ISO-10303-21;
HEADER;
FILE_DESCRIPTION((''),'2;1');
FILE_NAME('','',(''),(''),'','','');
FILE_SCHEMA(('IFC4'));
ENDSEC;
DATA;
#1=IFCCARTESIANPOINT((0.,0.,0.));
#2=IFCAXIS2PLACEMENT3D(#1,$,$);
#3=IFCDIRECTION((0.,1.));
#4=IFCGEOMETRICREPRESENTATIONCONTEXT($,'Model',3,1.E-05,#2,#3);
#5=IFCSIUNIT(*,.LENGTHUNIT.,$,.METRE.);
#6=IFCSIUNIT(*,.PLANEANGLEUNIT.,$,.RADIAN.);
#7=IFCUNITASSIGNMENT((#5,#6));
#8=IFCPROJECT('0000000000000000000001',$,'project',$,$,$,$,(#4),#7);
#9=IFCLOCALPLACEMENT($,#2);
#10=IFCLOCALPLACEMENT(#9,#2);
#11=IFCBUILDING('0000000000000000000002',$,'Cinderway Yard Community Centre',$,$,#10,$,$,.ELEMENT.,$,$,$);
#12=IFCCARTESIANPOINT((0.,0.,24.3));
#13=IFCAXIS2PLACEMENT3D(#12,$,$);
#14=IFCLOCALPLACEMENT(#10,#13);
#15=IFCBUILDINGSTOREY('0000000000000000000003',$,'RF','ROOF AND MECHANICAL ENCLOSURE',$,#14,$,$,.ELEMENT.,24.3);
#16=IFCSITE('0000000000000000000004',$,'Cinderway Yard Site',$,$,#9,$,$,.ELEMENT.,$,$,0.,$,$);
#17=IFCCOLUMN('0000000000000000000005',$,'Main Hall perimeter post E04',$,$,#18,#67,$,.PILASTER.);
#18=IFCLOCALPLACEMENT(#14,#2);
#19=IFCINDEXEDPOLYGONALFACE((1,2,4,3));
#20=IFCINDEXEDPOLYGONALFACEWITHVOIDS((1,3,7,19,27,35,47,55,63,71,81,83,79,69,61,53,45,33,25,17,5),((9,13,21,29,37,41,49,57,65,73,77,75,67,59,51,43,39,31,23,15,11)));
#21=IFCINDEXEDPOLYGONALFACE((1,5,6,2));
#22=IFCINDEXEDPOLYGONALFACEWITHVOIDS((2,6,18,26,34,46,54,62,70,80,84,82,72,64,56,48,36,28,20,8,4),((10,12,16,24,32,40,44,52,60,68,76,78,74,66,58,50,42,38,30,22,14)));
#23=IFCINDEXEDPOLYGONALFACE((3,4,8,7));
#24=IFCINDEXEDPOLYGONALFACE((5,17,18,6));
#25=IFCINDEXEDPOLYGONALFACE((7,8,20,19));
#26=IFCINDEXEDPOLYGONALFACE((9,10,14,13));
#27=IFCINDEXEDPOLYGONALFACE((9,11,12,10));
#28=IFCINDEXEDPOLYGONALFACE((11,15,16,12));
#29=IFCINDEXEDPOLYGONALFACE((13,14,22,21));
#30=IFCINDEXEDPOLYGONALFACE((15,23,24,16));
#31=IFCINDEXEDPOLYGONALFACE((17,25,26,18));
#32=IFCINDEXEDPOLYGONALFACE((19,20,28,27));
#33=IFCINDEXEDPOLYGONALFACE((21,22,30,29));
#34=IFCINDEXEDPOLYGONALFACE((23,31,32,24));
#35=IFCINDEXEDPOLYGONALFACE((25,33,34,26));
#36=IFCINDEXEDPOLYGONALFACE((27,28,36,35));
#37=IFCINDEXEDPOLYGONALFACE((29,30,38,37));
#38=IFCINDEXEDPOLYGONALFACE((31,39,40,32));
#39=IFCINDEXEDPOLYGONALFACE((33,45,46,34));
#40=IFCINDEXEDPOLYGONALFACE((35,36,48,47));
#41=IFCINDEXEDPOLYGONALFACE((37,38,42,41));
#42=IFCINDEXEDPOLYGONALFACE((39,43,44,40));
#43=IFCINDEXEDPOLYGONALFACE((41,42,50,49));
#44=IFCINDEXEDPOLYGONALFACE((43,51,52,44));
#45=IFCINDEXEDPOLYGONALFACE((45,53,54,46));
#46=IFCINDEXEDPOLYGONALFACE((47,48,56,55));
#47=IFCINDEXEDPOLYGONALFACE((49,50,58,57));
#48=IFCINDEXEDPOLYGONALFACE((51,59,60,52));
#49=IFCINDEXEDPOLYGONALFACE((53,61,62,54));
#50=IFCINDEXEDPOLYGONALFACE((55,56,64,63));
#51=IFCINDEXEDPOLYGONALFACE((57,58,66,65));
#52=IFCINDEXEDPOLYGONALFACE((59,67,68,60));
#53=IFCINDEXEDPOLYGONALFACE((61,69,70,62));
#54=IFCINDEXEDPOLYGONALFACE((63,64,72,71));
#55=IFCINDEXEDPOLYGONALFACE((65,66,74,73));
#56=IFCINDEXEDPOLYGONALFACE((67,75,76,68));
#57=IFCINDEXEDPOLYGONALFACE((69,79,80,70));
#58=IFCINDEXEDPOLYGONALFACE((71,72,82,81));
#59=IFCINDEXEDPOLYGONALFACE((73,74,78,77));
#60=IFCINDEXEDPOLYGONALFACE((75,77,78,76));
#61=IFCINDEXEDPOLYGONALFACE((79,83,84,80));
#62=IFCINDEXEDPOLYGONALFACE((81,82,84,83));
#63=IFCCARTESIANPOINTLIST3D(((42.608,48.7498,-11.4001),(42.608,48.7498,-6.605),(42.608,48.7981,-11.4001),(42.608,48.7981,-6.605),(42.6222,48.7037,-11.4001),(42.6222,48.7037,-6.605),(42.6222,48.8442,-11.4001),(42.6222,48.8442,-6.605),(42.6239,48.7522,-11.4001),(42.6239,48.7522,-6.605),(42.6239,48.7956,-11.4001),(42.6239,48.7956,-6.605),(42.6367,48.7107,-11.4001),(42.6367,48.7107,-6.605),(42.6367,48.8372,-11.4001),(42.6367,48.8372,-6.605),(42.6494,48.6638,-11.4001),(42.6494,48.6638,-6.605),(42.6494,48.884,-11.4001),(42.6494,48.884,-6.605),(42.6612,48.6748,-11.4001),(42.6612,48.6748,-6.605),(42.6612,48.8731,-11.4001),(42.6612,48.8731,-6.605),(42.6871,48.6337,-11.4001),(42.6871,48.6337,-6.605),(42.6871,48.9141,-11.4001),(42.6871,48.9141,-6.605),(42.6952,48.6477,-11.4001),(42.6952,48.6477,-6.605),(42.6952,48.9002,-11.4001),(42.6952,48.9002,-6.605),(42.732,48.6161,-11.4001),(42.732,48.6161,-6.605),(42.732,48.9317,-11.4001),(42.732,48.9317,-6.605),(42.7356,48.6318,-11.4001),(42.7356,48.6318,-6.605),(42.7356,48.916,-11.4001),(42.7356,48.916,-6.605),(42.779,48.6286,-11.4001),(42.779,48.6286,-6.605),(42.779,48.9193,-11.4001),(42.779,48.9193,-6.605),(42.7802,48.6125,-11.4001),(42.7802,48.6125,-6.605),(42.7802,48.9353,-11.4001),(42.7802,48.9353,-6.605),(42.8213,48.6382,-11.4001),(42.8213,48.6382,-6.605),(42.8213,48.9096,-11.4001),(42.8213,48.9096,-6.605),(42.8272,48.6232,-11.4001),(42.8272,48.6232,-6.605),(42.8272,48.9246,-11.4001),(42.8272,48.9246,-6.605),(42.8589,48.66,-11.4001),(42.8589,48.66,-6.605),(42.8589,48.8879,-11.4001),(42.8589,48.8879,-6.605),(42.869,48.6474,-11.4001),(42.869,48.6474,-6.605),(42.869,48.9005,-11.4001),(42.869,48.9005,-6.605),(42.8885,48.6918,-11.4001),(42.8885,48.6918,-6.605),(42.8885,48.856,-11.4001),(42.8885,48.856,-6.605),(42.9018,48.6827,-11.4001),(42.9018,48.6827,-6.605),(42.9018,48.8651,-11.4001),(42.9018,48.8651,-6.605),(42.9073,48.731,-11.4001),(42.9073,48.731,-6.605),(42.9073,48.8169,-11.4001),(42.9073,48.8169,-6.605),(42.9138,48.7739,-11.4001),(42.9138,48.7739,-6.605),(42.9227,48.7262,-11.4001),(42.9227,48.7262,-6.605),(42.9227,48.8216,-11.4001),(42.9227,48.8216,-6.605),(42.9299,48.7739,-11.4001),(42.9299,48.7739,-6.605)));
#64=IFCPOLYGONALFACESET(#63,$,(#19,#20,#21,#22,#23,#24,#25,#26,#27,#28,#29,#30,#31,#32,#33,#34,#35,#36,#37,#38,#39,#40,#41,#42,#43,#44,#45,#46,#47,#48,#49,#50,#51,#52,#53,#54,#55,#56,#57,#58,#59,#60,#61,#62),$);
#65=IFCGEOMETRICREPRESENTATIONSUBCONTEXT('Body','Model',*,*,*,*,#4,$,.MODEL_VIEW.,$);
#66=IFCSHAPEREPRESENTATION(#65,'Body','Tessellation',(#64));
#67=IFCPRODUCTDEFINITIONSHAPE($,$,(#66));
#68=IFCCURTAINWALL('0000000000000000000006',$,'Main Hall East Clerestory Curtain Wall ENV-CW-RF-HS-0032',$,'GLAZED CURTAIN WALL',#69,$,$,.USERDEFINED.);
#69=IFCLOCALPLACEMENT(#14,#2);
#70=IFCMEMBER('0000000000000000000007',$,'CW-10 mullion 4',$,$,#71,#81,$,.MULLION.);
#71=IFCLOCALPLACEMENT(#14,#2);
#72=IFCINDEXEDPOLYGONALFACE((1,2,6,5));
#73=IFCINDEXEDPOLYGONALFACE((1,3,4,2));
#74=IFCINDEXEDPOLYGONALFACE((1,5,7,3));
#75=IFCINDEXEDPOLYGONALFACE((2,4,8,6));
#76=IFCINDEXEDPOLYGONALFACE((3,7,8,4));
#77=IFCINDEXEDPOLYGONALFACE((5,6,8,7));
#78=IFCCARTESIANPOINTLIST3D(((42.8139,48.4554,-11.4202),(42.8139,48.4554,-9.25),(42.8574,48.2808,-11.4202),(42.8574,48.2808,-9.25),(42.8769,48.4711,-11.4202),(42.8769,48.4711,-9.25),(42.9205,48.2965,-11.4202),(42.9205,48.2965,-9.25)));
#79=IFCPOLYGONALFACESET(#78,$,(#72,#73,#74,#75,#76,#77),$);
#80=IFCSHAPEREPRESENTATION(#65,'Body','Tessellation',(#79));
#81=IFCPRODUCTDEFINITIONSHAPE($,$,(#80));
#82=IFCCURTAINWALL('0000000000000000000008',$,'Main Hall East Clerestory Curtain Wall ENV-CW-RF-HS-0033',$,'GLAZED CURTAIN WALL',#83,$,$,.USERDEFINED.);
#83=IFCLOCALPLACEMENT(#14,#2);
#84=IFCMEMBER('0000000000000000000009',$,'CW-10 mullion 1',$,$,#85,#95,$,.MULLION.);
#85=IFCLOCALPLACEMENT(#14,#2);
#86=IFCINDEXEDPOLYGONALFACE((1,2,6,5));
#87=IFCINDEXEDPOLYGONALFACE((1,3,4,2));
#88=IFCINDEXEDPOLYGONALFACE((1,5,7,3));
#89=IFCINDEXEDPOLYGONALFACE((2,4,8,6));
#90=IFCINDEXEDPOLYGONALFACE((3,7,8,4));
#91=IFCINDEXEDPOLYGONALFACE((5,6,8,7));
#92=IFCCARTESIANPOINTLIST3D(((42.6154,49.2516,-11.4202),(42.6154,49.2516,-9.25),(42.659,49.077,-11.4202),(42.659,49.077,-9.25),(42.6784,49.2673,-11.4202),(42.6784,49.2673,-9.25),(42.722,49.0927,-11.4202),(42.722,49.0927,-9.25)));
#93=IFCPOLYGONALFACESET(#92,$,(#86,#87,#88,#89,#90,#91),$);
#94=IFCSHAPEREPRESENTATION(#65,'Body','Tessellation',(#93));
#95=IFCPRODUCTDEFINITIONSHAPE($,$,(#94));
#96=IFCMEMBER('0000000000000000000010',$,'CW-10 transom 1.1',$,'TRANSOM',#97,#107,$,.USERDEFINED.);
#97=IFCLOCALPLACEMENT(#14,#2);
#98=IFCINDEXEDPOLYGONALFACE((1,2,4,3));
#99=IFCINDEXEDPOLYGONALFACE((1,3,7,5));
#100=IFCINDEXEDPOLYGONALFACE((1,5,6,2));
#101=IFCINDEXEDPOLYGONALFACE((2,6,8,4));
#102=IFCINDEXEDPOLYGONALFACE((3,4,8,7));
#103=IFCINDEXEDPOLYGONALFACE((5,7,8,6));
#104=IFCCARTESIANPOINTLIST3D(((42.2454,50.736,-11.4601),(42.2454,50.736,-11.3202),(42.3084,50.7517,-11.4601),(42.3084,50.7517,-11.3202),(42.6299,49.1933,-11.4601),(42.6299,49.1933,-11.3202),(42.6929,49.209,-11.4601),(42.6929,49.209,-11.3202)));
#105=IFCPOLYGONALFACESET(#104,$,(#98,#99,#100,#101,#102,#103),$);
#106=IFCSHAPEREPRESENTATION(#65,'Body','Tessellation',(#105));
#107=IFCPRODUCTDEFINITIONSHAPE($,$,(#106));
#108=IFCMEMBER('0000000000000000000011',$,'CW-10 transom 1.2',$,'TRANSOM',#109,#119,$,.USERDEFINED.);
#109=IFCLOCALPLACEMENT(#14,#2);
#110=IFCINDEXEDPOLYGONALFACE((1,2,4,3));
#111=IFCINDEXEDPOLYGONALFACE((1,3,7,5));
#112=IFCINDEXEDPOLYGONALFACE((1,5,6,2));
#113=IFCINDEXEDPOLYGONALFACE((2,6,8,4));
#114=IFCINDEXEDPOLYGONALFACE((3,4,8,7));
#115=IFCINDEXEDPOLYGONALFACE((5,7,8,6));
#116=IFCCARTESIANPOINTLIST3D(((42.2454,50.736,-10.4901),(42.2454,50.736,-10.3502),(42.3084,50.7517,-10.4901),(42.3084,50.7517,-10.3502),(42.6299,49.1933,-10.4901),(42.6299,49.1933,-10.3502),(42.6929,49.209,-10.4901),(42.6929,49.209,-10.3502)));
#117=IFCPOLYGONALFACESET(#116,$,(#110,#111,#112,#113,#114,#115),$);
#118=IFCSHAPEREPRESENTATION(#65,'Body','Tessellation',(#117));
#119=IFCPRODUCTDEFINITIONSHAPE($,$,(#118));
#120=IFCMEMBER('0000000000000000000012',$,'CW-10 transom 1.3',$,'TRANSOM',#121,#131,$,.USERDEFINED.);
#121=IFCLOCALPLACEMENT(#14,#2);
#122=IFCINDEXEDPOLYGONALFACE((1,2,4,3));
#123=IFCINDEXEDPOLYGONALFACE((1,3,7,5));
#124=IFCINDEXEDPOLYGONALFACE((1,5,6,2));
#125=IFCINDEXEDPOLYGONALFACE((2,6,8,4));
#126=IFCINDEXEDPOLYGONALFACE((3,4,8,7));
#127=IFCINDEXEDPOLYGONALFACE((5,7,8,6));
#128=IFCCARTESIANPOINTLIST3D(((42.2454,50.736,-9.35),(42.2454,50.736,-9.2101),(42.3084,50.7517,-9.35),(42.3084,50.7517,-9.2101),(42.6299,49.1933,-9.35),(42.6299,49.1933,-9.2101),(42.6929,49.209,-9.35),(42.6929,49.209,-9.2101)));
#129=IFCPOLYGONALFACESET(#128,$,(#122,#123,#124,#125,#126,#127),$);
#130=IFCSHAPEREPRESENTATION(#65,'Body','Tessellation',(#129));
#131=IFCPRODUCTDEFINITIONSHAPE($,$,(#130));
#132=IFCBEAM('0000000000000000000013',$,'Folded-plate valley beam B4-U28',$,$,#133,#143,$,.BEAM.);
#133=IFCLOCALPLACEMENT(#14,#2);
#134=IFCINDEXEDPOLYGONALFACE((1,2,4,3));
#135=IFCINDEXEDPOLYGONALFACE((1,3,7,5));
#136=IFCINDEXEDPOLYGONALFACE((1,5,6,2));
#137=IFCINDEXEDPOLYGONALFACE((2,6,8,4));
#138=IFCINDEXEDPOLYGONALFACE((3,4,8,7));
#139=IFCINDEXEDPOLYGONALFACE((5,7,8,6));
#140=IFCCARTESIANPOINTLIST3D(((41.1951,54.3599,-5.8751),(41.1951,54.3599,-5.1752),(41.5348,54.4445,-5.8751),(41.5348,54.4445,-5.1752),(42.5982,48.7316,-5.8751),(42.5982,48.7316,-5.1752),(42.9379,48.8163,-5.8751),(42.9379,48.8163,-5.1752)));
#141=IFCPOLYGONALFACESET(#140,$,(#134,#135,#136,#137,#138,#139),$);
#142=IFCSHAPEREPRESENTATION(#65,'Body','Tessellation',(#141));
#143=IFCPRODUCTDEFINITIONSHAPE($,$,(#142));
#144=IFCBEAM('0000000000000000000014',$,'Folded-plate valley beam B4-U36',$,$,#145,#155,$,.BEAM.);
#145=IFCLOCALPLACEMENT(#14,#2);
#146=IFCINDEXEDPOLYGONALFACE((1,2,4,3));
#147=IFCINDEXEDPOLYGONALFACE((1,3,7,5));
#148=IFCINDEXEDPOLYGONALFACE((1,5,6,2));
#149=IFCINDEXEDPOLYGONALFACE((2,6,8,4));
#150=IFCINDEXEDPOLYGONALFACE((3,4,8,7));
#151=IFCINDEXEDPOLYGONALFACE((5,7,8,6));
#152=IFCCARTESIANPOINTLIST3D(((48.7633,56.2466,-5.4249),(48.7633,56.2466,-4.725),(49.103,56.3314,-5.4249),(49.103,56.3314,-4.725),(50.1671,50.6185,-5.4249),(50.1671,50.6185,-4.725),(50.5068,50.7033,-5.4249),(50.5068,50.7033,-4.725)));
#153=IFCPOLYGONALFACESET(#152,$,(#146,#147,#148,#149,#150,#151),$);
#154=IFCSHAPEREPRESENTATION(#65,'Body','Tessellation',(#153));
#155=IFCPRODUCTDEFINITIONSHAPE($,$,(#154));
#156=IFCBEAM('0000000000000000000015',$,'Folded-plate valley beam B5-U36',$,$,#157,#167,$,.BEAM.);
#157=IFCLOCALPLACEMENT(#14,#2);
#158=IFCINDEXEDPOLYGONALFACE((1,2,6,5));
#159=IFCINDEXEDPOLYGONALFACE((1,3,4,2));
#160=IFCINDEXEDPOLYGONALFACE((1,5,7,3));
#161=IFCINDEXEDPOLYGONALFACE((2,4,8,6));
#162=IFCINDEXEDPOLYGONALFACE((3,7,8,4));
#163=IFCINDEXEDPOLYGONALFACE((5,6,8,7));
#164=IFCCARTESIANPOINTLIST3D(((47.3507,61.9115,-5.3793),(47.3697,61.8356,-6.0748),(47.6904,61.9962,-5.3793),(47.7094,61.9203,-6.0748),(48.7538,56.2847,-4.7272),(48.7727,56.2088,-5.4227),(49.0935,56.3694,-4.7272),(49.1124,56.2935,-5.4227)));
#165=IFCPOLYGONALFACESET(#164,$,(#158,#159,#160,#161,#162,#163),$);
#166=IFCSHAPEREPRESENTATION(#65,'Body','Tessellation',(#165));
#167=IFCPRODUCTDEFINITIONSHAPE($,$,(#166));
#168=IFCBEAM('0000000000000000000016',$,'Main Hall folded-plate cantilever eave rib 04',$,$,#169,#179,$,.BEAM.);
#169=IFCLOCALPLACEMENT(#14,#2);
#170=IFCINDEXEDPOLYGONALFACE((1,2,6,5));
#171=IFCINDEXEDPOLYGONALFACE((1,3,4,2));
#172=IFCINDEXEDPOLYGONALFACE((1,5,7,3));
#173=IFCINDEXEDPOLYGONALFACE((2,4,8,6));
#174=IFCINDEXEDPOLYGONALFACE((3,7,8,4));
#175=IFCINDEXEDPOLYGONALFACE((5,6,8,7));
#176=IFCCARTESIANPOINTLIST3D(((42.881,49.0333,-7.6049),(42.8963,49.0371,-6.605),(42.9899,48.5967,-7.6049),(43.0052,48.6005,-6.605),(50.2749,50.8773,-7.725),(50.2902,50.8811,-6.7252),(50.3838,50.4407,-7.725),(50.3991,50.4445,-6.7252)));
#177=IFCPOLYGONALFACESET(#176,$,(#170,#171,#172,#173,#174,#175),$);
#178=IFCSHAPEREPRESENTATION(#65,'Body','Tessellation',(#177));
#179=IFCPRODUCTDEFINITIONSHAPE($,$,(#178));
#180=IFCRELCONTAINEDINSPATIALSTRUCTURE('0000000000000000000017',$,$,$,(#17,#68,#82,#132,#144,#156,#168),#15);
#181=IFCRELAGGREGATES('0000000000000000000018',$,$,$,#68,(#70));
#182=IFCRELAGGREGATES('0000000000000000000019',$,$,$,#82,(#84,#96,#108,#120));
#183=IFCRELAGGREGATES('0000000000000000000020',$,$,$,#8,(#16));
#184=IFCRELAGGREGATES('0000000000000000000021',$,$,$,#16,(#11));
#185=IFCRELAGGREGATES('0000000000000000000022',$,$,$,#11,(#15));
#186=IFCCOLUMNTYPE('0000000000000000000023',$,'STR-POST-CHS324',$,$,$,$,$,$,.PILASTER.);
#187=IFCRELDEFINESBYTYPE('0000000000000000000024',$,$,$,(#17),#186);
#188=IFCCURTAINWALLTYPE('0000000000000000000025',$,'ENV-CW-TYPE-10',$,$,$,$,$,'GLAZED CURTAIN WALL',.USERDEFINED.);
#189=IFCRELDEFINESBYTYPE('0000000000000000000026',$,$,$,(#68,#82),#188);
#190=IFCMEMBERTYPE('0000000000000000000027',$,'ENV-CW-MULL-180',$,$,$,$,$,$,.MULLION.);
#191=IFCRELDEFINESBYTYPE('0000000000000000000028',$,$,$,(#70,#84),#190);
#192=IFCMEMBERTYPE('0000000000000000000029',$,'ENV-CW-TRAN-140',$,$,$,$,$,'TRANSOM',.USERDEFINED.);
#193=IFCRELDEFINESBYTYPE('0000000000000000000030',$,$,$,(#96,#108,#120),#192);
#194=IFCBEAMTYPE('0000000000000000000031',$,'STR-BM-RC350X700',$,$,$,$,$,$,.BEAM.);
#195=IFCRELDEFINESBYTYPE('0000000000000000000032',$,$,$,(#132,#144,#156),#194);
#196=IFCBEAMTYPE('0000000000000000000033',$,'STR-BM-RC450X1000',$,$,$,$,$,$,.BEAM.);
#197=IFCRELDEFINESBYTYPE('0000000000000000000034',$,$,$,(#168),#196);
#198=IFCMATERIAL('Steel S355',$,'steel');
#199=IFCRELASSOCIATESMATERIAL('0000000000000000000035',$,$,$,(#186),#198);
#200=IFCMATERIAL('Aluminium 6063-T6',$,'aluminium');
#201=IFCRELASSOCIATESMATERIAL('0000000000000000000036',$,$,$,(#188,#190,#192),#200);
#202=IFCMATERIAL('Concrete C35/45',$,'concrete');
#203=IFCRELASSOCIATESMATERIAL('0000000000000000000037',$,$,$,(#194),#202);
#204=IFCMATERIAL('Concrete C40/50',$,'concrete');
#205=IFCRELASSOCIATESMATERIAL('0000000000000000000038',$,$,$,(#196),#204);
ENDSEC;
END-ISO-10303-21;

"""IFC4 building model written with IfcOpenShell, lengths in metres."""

from ifc_helpers import new_model, si_unit, direction, frame, origin, origin_2d, place, context, subcontext, project, spatial, rectangle, hollow_circle, extrude, material, material_profile, profile_set, type_object, element, aggregate, save


model = new_model("IFC4")

# Units and contexts
model_context = context("Model", 3, precision=1e-05, world=origin(), true_north=direction((0.0, 1.0)))
body_context = subcontext(model_context, "Body", "Model", "MODEL_VIEW")
ifc_project = project(units=[si_unit("LENGTHUNIT", "METRE"), si_unit("PLANEANGLEUNIT", "RADIAN")], contexts=[model_context])

# Site, building, storey
site_placement = place(None, origin())
site = spatial("IfcSite", under=ifc_project, at=site_placement, Name="Cinderway Yard Site", CompositionType="ELEMENT", RefElevation=0.0)
building_placement = place(site_placement, origin())
building = spatial("IfcBuilding", under=site, at=building_placement, Name="Cinderway Yard Community Centre", CompositionType="ELEMENT")
storey_placement = place(building_placement, frame((0.0, 0.0, 24.3)))
storey = spatial("IfcBuildingStorey", under=building, at=storey_placement, Name="RF", Description="ROOF AND MECHANICAL ENCLOSURE", CompositionType="ELEMENT", Elevation=24.3)

# Column
ifc_material_1 = material(Name="Steel S355", Category="steel")
ifc_material_profile_1 = material_profile(ifc_material_1, hollow_circle(Radius=0.1619, WallThickness=0.0161, at=origin_2d()), Name="Steel S355")
ifc_profile_set_1 = profile_set([ifc_material_profile_1], Name="Steel S355")
column_type = type_object("IfcColumnType", Name="STR-POST-CHS324", PredefinedType="PILASTER", material=ifc_profile_set_1)
column_placement = place(storey_placement, frame((42.7681, 48.7739, -11.4001), z_axis=(0.0, 0.0, 1.0), x_axis=(1.0, 0.0, 0.0)))
element("IfcColumn", 1, at=column_placement, inside=storey, type_object=column_type, Name="Main Hall perimeter post E04", PredefinedType="PILASTER", context=body_context, shape_type="SweptSolid", body=[
    extrude(hollow_circle(Radius=0.1619, WallThickness=0.0161, at=origin_2d()), origin(), (0.0, 0.0, 1.0), 4.7952),
])

# Curtain wall, member
ifc_material_2 = material(Name="Aluminium 6063-T6", Category="aluminium")
curtain_wall_type = type_object("IfcCurtainWallType", Name="ENV-CW-TYPE-10", ElementType="GLAZED CURTAIN WALL", PredefinedType="USERDEFINED", material=ifc_material_2)
curtain_wall_1_placement = place(storey_placement, origin())
curtain_wall_1 = element("IfcCurtainWall", 2, at=curtain_wall_1_placement, inside=storey, type_object=curtain_wall_type, Name="Main Hall East Clerestory Curtain Wall ENV-CW-RF-HS-0032", ObjectType="GLAZED CURTAIN WALL", PredefinedType="USERDEFINED")
ifc_material_profile_2 = material_profile(ifc_material_2, rectangle(XDim=0.0649, YDim=0.1799, at=origin_2d()), Name="Aluminium 6063-T6")
ifc_profile_set_2 = profile_set([ifc_material_profile_2], Name="Aluminium 6063-T6")
member_type_1 = type_object("IfcMemberType", Name="ENV-CW-MULL-180", PredefinedType="MULLION", material=ifc_profile_set_2)
member_1_placement = place(storey_placement, frame((42.8672, 48.376, -11.4202), z_axis=(0.0, 0.0, 1.0), x_axis=(-0.970306, -0.241882, 0.0)))
member_1 = element("IfcMember", 3, at=member_1_placement, type_object=member_type_1, Name="CW-10 mullion 4", PredefinedType="MULLION", context=body_context, shape_type="SweptSolid", body=[
    extrude(rectangle(XDim=0.0649, YDim=0.1799, at=origin_2d()), origin(), (0.0, 0.0, 1.0), 2.1702),
])
aggregate(curtain_wall_1, [member_1])

# Curtain wall, members
curtain_wall_2_placement = place(storey_placement, origin())
curtain_wall_2 = element("IfcCurtainWall", 4, at=curtain_wall_2_placement, inside=storey, type_object=curtain_wall_type, Name="Main Hall East Clerestory Curtain Wall ENV-CW-RF-HS-0033", ObjectType="GLAZED CURTAIN WALL", PredefinedType="USERDEFINED")
member_2_placement = place(storey_placement, frame((42.6687, 49.1721, -11.4202), z_axis=(0.0, 0.0, 1.0), x_axis=(-0.970306, -0.241882, 0.0)))
member_2 = element("IfcMember", 5, at=member_2_placement, type_object=member_type_1, Name="CW-10 mullion 1", PredefinedType="MULLION", context=body_context, shape_type="SweptSolid", body=[
    extrude(rectangle(XDim=0.0649, YDim=0.1799, at=origin_2d()), origin(), (0.0, 0.0, 1.0), 2.1702),
])
ifc_material_profile_3 = material_profile(ifc_material_2, rectangle(XDim=0.0649, YDim=0.1399, at=origin_2d()), Name="Aluminium 6063-T6")
ifc_profile_set_3 = profile_set([ifc_material_profile_3], Name="Aluminium 6063-T6")
member_type_2 = type_object("IfcMemberType", Name="ENV-CW-TRAN-140", ElementType="TRANSOM", PredefinedType="USERDEFINED", material=ifc_profile_set_3)
member_3_placement = place(storey_placement, frame((42.6614, 49.2012, -11.3901), z_axis=(-0.241849, 0.970314, 0.0), x_axis=(-0.970314, -0.241849, 0.0)))
member_3 = element("IfcMember", 6, at=member_3_placement, type_object=member_type_2, Name="CW-10 transom 1.1", ObjectType="TRANSOM", PredefinedType="USERDEFINED", context=body_context, shape_type="SweptSolid", body=[
    extrude(rectangle(XDim=0.0649, YDim=0.1399, at=origin_2d()), origin(), (0.0, 0.0, 1.0), 1.5898),
])
member_4_placement = place(storey_placement, frame((42.6614, 49.2012, -10.4202), z_axis=(-0.241849, 0.970314, 0.0), x_axis=(-0.970314, -0.241849, 0.0)))
member_4 = element("IfcMember", 7, at=member_4_placement, type_object=member_type_2, Name="CW-10 transom 1.2", ObjectType="TRANSOM", PredefinedType="USERDEFINED", context=body_context, shape_type="SweptSolid", body=[
    extrude(rectangle(XDim=0.0649, YDim=0.1399, at=origin_2d()), origin(), (0.0, 0.0, 1.0), 1.5898),
])
member_5_placement = place(storey_placement, frame((42.6614, 49.2012, -9.28), z_axis=(-0.241849, 0.970314, 0.0), x_axis=(-0.970314, -0.241849, 0.0)))
member_5 = element("IfcMember", 8, at=member_5_placement, type_object=member_type_2, Name="CW-10 transom 1.3", ObjectType="TRANSOM", PredefinedType="USERDEFINED", context=body_context, shape_type="SweptSolid", body=[
    extrude(rectangle(XDim=0.0649, YDim=0.1399, at=origin_2d()), origin(), (0.0, 0.0, 1.0), 1.5898),
])

# Beams
ifc_material_3 = material(Name="Concrete C35/45", Category="concrete")
ifc_material_profile_4 = material_profile(ifc_material_3, rectangle(XDim=0.3501, YDim=0.7, at=origin_2d()), Name="Concrete C35/45")
ifc_profile_set_4 = profile_set([ifc_material_profile_4], Name="Concrete C35/45")
beam_type_1 = type_object("IfcBeamType", Name="STR-BM-RC350X700", PredefinedType="BEAM", material=ifc_profile_set_4)
for number, where, z_axis, x_axis, name in (
    (9, (42.7681, 48.7739, -5.5251), (-0.241892, 0.970303, 0.0), (-0.970303, -0.241892, 0.0), "Folded-plate valley beam B4-U28"),
    (10, (50.3369, 50.6609, -5.075), (-0.242011, 0.970274, 0.0), (-0.970274, -0.242011, 0.0), "Folded-plate valley beam B4-U36"),
):
    element("IfcBeam", number, at=place(storey_placement, frame(where, z_axis=z_axis, x_axis=x_axis)), inside=storey, type_object=beam_type_1, Name=name, PredefinedType="BEAM", context=body_context, shape_type="SweptSolid", body=[
        extrude(rectangle(XDim=0.3501, YDim=0.7, at=origin_2d()), origin(), (0.0, 0.0, 1.0), 5.8005),
    ])
beam_1_placement = place(storey_placement, frame((48.9331, 56.2891, -5.075), z_axis=(-0.240426, 0.964214, -0.111741), x_axis=(-0.970291, -0.241941, 0.0)))
element("IfcBeam", 11, at=beam_1_placement, inside=storey, type_object=beam_type_1, Name="Folded-plate valley beam B5-U36", PredefinedType="BEAM", context=body_context, shape_type="SweptSolid", body=[
    extrude(rectangle(XDim=0.3501, YDim=0.7, at=origin_2d()), origin(), (0.0, 0.0, 1.0), 5.8357),
])
ifc_material_4 = material(Name="Concrete C40/50", Category="concrete")
ifc_material_profile_5 = material_profile(ifc_material_4, rectangle(XDim=0.45, YDim=1.0, at=origin_2d()), Name="Concrete C40/50")
ifc_profile_set_5 = profile_set([ifc_material_profile_5], Name="Concrete C40/50")
beam_type_2 = type_object("IfcBeamType", Name="STR-BM-RC450X1000", PredefinedType="BEAM", material=ifc_profile_set_5)
beam_2_placement = place(storey_placement, frame((42.9431, 48.8169, -7.105), z_axis=(0.970159, 0.241955, -0.015761), x_axis=(-0.241985, 0.97028, 0.0)))
element("IfcBeam", 12, at=beam_2_placement, inside=storey, type_object=beam_type_2, Name="Main Hall folded-plate cantilever eave rib 04", PredefinedType="BEAM", context=body_context, shape_type="SweptSolid", body=[
    extrude(rectangle(XDim=0.45, YDim=1.0, at=origin_2d()), origin(), (0.0, 0.0, 1.0), 7.6213),
])

aggregate(curtain_wall_2, [member_2, member_3, member_4, member_5])

save(model, "model.ifc")
